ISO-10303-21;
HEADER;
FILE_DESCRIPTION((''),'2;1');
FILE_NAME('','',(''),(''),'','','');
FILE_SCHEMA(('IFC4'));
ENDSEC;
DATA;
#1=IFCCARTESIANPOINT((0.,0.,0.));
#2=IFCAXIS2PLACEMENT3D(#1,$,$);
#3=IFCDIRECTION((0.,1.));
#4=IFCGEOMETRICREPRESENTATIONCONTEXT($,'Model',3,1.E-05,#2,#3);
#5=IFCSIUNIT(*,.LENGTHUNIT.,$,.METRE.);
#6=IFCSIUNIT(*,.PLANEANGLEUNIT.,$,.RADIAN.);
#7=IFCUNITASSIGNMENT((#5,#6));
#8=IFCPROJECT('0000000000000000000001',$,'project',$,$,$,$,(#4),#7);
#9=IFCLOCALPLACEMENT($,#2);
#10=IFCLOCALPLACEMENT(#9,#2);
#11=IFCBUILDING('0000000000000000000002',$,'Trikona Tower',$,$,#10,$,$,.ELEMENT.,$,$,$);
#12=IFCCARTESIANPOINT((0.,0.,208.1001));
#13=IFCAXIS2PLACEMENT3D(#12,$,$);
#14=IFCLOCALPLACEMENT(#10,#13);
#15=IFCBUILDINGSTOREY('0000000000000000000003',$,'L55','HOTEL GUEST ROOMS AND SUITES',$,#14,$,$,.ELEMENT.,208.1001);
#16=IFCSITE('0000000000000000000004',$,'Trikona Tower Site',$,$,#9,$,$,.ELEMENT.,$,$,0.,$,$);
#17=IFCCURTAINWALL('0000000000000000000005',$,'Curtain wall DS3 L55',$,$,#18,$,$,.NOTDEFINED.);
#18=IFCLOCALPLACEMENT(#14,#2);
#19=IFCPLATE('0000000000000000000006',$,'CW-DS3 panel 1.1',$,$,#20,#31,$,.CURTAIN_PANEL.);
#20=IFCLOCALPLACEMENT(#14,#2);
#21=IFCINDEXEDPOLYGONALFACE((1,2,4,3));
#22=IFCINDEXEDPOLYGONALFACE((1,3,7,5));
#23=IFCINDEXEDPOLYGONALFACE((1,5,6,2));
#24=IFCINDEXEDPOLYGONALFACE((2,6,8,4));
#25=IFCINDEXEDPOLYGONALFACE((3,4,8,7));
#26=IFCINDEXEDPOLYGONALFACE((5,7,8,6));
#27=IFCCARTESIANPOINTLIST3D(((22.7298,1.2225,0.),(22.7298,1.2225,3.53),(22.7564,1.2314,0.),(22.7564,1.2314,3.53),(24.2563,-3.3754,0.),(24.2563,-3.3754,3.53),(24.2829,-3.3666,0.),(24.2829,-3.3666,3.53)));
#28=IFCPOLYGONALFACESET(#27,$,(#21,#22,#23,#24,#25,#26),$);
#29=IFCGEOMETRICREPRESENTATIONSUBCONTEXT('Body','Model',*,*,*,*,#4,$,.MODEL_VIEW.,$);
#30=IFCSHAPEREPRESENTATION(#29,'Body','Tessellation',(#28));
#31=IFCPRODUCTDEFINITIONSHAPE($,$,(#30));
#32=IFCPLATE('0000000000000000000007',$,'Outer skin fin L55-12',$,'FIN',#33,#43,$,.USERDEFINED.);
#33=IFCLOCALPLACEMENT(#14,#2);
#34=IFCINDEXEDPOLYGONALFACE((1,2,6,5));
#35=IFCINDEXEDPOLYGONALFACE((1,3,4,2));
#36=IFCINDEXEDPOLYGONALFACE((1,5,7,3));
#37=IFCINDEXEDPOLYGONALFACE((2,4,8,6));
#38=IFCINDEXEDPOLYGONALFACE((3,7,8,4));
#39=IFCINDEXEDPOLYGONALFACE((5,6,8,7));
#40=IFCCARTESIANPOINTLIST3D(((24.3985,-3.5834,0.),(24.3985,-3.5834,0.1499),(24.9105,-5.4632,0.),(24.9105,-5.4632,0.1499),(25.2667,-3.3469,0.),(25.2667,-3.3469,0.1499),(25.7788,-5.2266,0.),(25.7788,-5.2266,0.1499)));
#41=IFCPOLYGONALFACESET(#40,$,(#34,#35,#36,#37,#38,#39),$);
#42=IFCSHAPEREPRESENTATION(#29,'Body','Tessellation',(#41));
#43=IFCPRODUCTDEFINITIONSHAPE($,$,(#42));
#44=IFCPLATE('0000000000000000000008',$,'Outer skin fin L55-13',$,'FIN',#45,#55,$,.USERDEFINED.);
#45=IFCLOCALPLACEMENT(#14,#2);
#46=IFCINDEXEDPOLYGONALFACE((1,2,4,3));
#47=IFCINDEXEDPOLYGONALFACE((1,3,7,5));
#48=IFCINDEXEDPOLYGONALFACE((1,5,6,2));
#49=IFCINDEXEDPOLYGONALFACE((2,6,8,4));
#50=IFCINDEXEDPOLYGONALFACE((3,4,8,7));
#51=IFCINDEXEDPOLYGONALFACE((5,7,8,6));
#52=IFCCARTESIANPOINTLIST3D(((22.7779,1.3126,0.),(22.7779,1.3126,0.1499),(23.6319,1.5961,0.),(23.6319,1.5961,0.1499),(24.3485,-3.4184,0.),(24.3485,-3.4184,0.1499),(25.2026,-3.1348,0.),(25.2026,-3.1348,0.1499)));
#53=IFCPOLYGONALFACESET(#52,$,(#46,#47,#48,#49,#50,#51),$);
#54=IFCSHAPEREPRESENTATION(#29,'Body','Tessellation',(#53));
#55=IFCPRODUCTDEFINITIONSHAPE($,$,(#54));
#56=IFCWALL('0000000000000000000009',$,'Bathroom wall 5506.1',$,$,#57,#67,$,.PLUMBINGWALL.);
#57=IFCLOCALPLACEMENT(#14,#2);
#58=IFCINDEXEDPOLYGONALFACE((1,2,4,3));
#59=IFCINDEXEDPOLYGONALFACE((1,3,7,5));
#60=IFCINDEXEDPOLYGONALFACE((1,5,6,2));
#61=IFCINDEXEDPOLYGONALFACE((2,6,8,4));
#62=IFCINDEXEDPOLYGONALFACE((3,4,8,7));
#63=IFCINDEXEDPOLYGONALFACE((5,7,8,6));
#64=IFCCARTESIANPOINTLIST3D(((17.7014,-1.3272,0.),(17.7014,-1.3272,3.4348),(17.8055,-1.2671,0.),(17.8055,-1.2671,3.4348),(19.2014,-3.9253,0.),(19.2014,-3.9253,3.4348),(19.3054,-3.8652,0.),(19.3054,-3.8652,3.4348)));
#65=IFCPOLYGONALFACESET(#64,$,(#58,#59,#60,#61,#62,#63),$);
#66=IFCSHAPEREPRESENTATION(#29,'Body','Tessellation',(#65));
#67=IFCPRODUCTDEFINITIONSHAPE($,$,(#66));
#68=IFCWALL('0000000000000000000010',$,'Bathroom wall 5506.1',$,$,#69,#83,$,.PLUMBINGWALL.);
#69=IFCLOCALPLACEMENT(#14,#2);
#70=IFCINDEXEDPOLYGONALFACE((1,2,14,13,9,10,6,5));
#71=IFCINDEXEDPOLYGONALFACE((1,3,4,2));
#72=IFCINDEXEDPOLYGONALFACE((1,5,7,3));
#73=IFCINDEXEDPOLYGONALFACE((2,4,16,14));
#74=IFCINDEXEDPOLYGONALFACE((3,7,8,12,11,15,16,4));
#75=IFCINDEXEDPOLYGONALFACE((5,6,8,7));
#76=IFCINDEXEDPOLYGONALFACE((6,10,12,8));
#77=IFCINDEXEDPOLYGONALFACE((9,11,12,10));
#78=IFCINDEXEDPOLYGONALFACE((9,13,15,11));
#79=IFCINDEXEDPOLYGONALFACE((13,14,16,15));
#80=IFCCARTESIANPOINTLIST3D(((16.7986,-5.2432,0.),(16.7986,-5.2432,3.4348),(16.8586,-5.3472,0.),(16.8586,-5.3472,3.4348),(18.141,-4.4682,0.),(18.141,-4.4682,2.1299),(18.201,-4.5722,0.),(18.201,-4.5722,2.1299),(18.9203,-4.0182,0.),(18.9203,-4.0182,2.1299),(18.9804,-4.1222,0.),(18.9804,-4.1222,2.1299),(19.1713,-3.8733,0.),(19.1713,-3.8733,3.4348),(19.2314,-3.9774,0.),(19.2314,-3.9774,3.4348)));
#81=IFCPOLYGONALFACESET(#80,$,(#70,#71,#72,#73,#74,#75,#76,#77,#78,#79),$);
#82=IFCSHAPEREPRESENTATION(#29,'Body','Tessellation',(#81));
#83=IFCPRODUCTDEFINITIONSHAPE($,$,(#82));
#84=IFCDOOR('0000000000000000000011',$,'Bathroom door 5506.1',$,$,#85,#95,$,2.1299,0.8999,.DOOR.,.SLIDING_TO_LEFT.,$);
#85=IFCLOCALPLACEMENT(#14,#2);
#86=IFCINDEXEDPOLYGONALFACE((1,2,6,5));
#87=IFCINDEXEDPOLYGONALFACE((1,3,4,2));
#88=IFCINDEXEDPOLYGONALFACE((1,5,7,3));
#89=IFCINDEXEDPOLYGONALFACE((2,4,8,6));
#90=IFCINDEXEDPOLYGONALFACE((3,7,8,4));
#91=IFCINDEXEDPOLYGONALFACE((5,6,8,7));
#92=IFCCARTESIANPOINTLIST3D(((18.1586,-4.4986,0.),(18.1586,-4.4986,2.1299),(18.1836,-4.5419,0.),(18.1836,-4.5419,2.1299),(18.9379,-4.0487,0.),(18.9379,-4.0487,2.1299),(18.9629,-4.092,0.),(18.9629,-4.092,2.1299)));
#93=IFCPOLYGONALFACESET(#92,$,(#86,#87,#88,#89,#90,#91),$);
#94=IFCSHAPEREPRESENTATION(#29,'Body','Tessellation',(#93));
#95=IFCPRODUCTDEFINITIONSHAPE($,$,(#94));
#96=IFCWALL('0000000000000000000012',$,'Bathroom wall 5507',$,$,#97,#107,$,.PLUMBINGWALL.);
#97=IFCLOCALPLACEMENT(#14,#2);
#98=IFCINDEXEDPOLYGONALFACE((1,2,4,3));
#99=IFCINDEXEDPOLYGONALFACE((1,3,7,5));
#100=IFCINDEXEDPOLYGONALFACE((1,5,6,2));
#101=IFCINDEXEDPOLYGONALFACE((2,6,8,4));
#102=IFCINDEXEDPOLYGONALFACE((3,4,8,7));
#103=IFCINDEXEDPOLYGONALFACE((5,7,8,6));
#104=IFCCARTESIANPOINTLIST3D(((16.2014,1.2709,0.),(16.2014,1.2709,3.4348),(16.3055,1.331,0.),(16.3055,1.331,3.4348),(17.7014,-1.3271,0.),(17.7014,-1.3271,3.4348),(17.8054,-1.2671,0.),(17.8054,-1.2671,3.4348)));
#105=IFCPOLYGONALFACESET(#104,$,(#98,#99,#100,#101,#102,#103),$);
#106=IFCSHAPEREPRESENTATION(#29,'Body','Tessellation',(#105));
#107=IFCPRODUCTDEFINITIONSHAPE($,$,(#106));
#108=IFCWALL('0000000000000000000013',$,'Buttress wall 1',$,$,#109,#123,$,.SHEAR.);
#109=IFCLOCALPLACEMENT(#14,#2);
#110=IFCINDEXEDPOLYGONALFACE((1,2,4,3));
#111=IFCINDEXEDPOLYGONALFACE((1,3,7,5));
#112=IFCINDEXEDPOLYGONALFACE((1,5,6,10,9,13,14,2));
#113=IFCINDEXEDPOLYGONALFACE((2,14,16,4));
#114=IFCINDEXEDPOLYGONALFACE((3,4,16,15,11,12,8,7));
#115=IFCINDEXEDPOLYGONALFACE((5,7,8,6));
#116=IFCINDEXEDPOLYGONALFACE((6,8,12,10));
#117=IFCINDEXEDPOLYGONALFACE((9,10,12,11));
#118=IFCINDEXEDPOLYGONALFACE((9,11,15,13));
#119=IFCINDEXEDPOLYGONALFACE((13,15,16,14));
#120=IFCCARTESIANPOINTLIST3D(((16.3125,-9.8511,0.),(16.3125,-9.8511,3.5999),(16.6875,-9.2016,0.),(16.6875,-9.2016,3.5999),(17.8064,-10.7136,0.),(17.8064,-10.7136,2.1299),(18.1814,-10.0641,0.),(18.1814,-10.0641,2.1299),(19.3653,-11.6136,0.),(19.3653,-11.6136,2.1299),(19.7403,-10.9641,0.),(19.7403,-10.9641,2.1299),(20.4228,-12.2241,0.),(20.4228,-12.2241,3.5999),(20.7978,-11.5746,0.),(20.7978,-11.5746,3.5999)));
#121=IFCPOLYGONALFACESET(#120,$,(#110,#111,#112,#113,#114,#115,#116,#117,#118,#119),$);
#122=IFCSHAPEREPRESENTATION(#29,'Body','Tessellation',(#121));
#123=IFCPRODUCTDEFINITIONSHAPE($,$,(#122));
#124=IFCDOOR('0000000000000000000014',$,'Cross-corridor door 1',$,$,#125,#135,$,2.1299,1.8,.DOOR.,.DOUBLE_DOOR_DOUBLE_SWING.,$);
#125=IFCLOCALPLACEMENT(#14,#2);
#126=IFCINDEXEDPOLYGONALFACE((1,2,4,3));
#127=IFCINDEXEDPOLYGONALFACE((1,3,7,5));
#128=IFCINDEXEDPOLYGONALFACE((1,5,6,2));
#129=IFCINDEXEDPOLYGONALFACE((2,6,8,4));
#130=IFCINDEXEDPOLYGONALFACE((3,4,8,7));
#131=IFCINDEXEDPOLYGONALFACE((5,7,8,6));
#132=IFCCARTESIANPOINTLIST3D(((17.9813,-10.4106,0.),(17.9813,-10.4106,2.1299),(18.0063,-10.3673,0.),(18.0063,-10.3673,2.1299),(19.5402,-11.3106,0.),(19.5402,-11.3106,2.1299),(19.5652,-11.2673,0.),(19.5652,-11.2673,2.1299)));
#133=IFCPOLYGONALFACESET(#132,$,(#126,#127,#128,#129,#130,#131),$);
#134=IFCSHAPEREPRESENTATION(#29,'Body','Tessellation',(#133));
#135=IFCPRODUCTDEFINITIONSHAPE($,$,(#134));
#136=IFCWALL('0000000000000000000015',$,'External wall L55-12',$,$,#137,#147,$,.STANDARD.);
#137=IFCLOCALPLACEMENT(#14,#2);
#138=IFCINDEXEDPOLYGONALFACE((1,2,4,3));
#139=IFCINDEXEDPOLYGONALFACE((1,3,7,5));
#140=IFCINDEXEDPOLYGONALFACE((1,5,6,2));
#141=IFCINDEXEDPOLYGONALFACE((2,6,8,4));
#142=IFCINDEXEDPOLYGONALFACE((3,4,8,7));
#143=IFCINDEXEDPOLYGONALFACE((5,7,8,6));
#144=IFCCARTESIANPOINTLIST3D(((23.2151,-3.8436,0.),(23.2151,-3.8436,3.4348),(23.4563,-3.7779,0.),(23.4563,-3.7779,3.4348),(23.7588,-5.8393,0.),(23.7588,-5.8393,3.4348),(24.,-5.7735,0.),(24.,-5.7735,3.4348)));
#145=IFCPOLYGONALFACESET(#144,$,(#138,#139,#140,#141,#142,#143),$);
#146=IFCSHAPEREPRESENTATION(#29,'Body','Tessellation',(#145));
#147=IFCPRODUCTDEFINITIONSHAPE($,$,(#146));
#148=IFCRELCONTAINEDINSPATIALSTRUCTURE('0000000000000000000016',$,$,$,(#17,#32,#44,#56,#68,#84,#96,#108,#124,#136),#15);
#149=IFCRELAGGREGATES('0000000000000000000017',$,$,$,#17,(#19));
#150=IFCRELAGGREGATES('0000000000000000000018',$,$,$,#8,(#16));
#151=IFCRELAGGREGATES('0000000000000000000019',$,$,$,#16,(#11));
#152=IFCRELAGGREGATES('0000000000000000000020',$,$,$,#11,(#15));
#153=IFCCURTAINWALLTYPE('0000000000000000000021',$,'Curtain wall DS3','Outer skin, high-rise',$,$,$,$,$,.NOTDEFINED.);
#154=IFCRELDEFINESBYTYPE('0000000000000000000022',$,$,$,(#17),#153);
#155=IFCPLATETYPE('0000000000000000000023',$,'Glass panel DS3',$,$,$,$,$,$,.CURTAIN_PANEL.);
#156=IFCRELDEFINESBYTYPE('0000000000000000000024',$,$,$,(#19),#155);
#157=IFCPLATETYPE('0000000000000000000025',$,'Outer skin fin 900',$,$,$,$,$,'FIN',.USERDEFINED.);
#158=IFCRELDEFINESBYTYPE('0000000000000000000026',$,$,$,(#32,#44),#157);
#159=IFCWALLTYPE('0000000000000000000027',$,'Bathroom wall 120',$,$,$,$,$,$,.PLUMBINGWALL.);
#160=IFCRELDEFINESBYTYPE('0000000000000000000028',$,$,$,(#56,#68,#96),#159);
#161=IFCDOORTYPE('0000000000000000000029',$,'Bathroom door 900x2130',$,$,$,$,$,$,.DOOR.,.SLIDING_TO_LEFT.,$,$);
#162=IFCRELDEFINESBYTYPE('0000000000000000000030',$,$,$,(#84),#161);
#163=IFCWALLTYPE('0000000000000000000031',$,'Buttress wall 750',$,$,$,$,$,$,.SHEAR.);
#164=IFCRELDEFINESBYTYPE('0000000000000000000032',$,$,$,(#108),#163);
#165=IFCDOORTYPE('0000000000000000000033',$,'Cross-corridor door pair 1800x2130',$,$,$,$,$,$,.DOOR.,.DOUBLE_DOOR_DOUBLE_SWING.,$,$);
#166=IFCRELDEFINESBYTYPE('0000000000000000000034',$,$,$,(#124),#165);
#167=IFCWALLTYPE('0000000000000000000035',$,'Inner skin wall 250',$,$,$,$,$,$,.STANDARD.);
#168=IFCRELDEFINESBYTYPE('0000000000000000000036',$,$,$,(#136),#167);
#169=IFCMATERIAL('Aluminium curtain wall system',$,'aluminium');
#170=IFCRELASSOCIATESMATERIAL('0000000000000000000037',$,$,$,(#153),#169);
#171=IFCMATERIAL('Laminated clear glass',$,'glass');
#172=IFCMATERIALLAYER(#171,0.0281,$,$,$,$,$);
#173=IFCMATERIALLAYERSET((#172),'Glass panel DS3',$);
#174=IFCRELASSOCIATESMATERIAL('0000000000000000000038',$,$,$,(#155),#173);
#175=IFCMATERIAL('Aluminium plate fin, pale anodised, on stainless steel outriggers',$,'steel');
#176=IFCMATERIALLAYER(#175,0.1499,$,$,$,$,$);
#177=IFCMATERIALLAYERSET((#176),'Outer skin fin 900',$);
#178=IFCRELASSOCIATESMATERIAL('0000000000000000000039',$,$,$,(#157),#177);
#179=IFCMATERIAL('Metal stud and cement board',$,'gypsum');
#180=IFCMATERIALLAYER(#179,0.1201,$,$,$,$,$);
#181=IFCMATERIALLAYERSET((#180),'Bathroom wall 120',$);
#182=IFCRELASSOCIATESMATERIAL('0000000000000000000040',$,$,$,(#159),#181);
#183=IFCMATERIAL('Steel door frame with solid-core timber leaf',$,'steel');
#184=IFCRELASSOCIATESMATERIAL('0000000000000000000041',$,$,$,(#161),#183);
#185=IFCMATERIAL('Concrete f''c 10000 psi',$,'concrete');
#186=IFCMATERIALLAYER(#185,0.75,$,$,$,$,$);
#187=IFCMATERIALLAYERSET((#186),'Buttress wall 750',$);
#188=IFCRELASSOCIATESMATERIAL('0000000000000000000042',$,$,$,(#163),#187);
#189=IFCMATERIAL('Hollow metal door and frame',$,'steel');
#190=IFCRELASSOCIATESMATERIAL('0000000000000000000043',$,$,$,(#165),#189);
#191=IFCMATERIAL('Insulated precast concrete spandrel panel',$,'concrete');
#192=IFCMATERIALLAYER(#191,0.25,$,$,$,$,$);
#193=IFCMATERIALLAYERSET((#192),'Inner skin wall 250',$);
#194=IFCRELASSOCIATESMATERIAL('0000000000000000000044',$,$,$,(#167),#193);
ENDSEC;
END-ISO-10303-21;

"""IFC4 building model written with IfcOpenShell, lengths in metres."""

from ifc_helpers import new_model, si_unit, direction, frame, frame_2d, origin, origin_2d, place, context, subcontext, project, spatial, rectangle, extrude, material, layer, layer_set, type_object, element, fill, aggregate, save


model = new_model("IFC4")

# Units and contexts
model_context = context("Model", 3, precision=1e-05, world=origin(), true_north=direction((0.0, 1.0)))
body_context = subcontext(model_context, "Body", "Model", "MODEL_VIEW")
ifc_project = project(units=[si_unit("LENGTHUNIT", "METRE"), si_unit("PLANEANGLEUNIT", "RADIAN")], contexts=[model_context])

# Site, building, storey
site_placement = place(None, origin())
site = spatial("IfcSite", under=ifc_project, at=site_placement, Name="Trikona Tower Site", CompositionType="ELEMENT", RefElevation=0.0)
building_placement = place(site_placement, origin())
building = spatial("IfcBuilding", under=site, at=building_placement, Name="Trikona Tower", CompositionType="ELEMENT")
storey_placement = place(building_placement, frame((0.0, 0.0, 208.1001)))
storey = spatial("IfcBuildingStorey", under=building, at=storey_placement, Name="L55", Description="HOTEL GUEST ROOMS AND SUITES", CompositionType="ELEMENT", Elevation=208.1001)

# Shared definitions
ifc_material_1 = material(Name="Aluminium curtain wall system", Category="aluminium")
curtain_wall_type = type_object("IfcCurtainWallType", Name="Curtain wall DS3", Description="Outer skin, high-rise", PredefinedType="NOTDEFINED", material=ifc_material_1)

# Curtain wall
curtain_wall_1_placement = place(storey_placement, origin())
curtain_wall_1 = element("IfcCurtainWall", 1, at=curtain_wall_1_placement, inside=storey, type_object=curtain_wall_type, Name="Curtain wall DS3 L55", PredefinedType="NOTDEFINED")

# Plate
ifc_material_2 = material(Name="Laminated clear glass", Category="glass")
ifc_layer_1 = layer(ifc_material_2, 0.0281)
ifc_layer_set_1 = layer_set([ifc_layer_1], Name="Glass panel DS3")
plate_type_1 = type_object("IfcPlateType", Name="Glass panel DS3", PredefinedType="CURTAIN_PANEL", material=ifc_layer_set_1)
plate_1_placement = place(storey_placement, frame((23.5063, -1.072, 0.0), z_axis=(0.0, 0.0, 1.0), x_axis=(-0.315078, 0.949066, 0.0)))
plate_1 = element("IfcPlate", 2, at=plate_1_placement, type_object=plate_type_1, Name="CW-DS3 panel 1.1", PredefinedType="CURTAIN_PANEL", context=body_context, shape_type="SweptSolid", body=[
    extrude(rectangle(XDim=4.8447, YDim=0.0281, at=origin_2d()), origin(), (0.0, 0.0, 1.0), 3.53),
])
aggregate(curtain_wall_1, [plate_1])

# Plates
ifc_material_3 = material(Name="Aluminium plate fin, pale anodised, on stainless steel outriggers", Category="steel")
ifc_layer_2 = layer(ifc_material_3, 0.1499)
ifc_layer_set_2 = layer_set([ifc_layer_2], Name="Outer skin fin 900")
plate_type_2 = type_object("IfcPlateType", Name="Outer skin fin 900", ElementType="FIN", PredefinedType="USERDEFINED", material=ifc_layer_set_2)
plate_2_placement = place(storey_placement, frame((25.0886, -4.405, 0.0), z_axis=(0.0, 0.0, 1.0), x_axis=(-0.262822, 0.964844, 0.0)))
element("IfcPlate", 3, at=plate_2_placement, inside=storey, type_object=plate_type_2, Name="Outer skin fin L55-12", ObjectType="FIN", PredefinedType="USERDEFINED", context=body_context, shape_type="SweptSolid", body=[
    extrude(rectangle(XDim=1.9482, YDim=0.8999, at=origin_2d()), origin(), (0.0, 0.0, 1.0), 0.1499),
])
plate_3_placement = place(storey_placement, frame((23.9902, -0.9111, 0.0), z_axis=(0.0, 0.0, 1.0), x_axis=(-0.315093, 0.949061, 0.0)))
element("IfcPlate", 4, at=plate_3_placement, inside=storey, type_object=plate_type_2, Name="Outer skin fin L55-13", ObjectType="FIN", PredefinedType="USERDEFINED", context=body_context, shape_type="SweptSolid", body=[
    extrude(rectangle(XDim=4.9849, YDim=0.8999, at=origin_2d()), origin(), (0.0, 0.0, 1.0), 0.1499),
])

# Wall
ifc_material_4 = material(Name="Metal stud and cement board", Category="gypsum")
ifc_layer_3 = layer(ifc_material_4, 0.1201)
ifc_layer_set_3 = layer_set([ifc_layer_3], Name="Bathroom wall 120")
wall_type_1 = type_object("IfcWallType", Name="Bathroom wall 120", PredefinedType="PLUMBINGWALL", material=ifc_layer_set_3)
wall_1_placement = place(storey_placement, frame((19.2534, -3.8953, 0.0), z_axis=(0.0, 0.0, 1.0), x_axis=(-0.49999, 0.866031, 0.0)))
element("IfcWall", 5, at=wall_1_placement, inside=storey, type_object=wall_type_1, Name="Bathroom wall 5506.1", PredefinedType="PLUMBINGWALL", context=body_context, shape_type="SweptSolid", body=[
    extrude(rectangle(XDim=3.0, YDim=0.1201, at=frame_2d((1.5, 0.0))), origin(), (0.0, 0.0, 1.0), 3.4348),
])

# Wall, opening, door
wall_2_placement = place(storey_placement, frame((16.8286, -5.2952, 0.0), z_axis=(0.0, 0.0, 1.0), x_axis=(0.866036, 0.499982, 0.0)))
wall_2 = element("IfcWall", 6, at=wall_2_placement, inside=storey, type_object=wall_type_1, Name="Bathroom wall 5506.1", PredefinedType="PLUMBINGWALL", context=body_context, shape_type="SweptSolid", body=[
    extrude(rectangle(XDim=2.7397, YDim=0.1201, at=frame_2d((1.3699, 0.0))), origin(), (0.0, 0.0, 1.0), 3.4348),
])
opening_1_placement = place(wall_2_placement, frame((1.55, 0.0, 0.0)))
opening_1 = element("IfcOpeningElement", 7, at=opening_1_placement, cuts=wall_2, PredefinedType="OPENING", context=body_context, shape_type="SweptSolid", body=[
    extrude(rectangle(XDim=0.8999, YDim=2.1299, at=frame_2d((0.45, 1.0649))), frame((0.0, 0.0701, 0.0), z_axis=(0.0, -1.0, 0.0), x_axis=(1.0, 0.0, 0.0)), (0.0, 0.0, 1.0), 0.1401),
])
ifc_material_5 = material(Name="Steel door frame with solid-core timber leaf", Category="steel")
door_type_1 = type_object("IfcDoorType", Name="Bathroom door 900x2130", OperationType="SLIDING_TO_LEFT", PredefinedType="DOOR", material=ifc_material_5)
door_1_placement = place(opening_1_placement, origin())
door_1 = element("IfcDoor", 8, at=door_1_placement, inside=storey, type_object=door_type_1, Name="Bathroom door 5506.1", OperationType="SLIDING_TO_LEFT", OverallHeight=2.1299, OverallWidth=0.8999, PredefinedType="DOOR", context=body_context, shape_type="SweptSolid", body=[
    extrude(rectangle(XDim=0.8999, YDim=2.1299, at=frame_2d((0.45, 1.0649))), frame((0.0, 0.0249, 0.0), z_axis=(0.0, -1.0, 0.0), x_axis=(1.0, 0.0, 0.0)), (0.0, 0.0, 1.0), 0.05),
])
fill(opening_1, door_1)

# Wall
wall_3_placement = place(storey_placement, frame((17.7534, -1.2971, 0.0), z_axis=(0.0, 0.0, 1.0), x_axis=(-0.49999, 0.866031, 0.0)))
element("IfcWall", 9, at=wall_3_placement, inside=storey, type_object=wall_type_1, Name="Bathroom wall 5507", PredefinedType="PLUMBINGWALL", context=body_context, shape_type="SweptSolid", body=[
    extrude(rectangle(XDim=3.0, YDim=0.1201, at=frame_2d((1.5, 0.0))), origin(), (0.0, 0.0, 1.0), 3.4348),
])

# Wall, opening, door
ifc_material_6 = material(Name="Concrete f'c 10000 psi", Category="concrete")
ifc_layer_4 = layer(ifc_material_6, 0.75)
ifc_layer_set_4 = layer_set([ifc_layer_4], Name="Buttress wall 750")
wall_type_2 = type_object("IfcWallType", Name="Buttress wall 750", PredefinedType="SHEAR", material=ifc_layer_set_4)
wall_4_placement = place(storey_placement, frame((16.5, -9.5264, 0.0), z_axis=(0.0, 0.0, 1.0), x_axis=(0.866031, -0.49999, 0.0)))
wall_4 = element("IfcWall", 10, at=wall_4_placement, inside=storey, type_object=wall_type_2, Name="Buttress wall 1", PredefinedType="SHEAR", context=body_context, shape_type="SweptSolid", body=[
    extrude(rectangle(XDim=4.7461, YDim=0.75, at=frame_2d((2.373, 0.0))), origin(), (0.0, 0.0, 1.0), 3.5999),
])
opening_2_placement = place(wall_4_placement, frame((1.7251, 0.0, 0.0)))
opening_2 = element("IfcOpeningElement", 11, at=opening_2_placement, cuts=wall_4, PredefinedType="OPENING", context=body_context, shape_type="SweptSolid", body=[
    extrude(rectangle(XDim=1.8, YDim=2.1299, at=frame_2d((0.8999, 1.0649))), frame((0.0, 0.385, 0.0), z_axis=(0.0, -1.0, 0.0), x_axis=(1.0, 0.0, 0.0)), (0.0, 0.0, 1.0), 0.77),
])
ifc_material_7 = material(Name="Hollow metal door and frame", Category="steel")
door_type_2 = type_object("IfcDoorType", Name="Cross-corridor door pair 1800x2130", OperationType="DOUBLE_DOOR_DOUBLE_SWING", PredefinedType="DOOR", material=ifc_material_7)
door_2_placement = place(opening_2_placement, origin())
door_2 = element("IfcDoor", 12, at=door_2_placement, inside=storey, type_object=door_type_2, Name="Cross-corridor door 1", OperationType="DOUBLE_DOOR_DOUBLE_SWING", OverallHeight=2.1299, OverallWidth=1.8, PredefinedType="DOOR", context=body_context, shape_type="SweptSolid", body=[
    extrude(rectangle(XDim=1.8, YDim=2.1299, at=frame_2d((0.8999, 1.0649))), frame((0.0, 0.0249, 0.0), z_axis=(0.0, -1.0, 0.0), x_axis=(1.0, 0.0, 0.0)), (0.0, 0.0, 1.0), 0.05),
])
fill(opening_2, door_2)

# Wall
ifc_material_8 = material(Name="Insulated precast concrete spandrel panel", Category="concrete")
ifc_layer_5 = layer(ifc_material_8, 0.25)
ifc_layer_set_5 = layer_set([ifc_layer_5], Name="Inner skin wall 250")
wall_type_3 = type_object("IfcWallType", Name="Inner skin wall 250", PredefinedType="STANDARD", material=ifc_layer_set_5)
wall_5_placement = place(storey_placement, frame((23.8794, -5.8064, 0.0), z_axis=(0.0, 0.0, 1.0), x_axis=(-0.262868, 0.964832, 0.0)))
element("IfcWall", 13, at=wall_5_placement, inside=storey, type_object=wall_type_3, Name="External wall L55-12", PredefinedType="STANDARD", context=body_context, shape_type="SweptSolid", body=[
    extrude(rectangle(XDim=2.0684, YDim=0.25, at=frame_2d((1.0342, 0.0))), origin(), (0.0, 0.0, 1.0), 3.4348),
])

save(model, "model.ifc")
